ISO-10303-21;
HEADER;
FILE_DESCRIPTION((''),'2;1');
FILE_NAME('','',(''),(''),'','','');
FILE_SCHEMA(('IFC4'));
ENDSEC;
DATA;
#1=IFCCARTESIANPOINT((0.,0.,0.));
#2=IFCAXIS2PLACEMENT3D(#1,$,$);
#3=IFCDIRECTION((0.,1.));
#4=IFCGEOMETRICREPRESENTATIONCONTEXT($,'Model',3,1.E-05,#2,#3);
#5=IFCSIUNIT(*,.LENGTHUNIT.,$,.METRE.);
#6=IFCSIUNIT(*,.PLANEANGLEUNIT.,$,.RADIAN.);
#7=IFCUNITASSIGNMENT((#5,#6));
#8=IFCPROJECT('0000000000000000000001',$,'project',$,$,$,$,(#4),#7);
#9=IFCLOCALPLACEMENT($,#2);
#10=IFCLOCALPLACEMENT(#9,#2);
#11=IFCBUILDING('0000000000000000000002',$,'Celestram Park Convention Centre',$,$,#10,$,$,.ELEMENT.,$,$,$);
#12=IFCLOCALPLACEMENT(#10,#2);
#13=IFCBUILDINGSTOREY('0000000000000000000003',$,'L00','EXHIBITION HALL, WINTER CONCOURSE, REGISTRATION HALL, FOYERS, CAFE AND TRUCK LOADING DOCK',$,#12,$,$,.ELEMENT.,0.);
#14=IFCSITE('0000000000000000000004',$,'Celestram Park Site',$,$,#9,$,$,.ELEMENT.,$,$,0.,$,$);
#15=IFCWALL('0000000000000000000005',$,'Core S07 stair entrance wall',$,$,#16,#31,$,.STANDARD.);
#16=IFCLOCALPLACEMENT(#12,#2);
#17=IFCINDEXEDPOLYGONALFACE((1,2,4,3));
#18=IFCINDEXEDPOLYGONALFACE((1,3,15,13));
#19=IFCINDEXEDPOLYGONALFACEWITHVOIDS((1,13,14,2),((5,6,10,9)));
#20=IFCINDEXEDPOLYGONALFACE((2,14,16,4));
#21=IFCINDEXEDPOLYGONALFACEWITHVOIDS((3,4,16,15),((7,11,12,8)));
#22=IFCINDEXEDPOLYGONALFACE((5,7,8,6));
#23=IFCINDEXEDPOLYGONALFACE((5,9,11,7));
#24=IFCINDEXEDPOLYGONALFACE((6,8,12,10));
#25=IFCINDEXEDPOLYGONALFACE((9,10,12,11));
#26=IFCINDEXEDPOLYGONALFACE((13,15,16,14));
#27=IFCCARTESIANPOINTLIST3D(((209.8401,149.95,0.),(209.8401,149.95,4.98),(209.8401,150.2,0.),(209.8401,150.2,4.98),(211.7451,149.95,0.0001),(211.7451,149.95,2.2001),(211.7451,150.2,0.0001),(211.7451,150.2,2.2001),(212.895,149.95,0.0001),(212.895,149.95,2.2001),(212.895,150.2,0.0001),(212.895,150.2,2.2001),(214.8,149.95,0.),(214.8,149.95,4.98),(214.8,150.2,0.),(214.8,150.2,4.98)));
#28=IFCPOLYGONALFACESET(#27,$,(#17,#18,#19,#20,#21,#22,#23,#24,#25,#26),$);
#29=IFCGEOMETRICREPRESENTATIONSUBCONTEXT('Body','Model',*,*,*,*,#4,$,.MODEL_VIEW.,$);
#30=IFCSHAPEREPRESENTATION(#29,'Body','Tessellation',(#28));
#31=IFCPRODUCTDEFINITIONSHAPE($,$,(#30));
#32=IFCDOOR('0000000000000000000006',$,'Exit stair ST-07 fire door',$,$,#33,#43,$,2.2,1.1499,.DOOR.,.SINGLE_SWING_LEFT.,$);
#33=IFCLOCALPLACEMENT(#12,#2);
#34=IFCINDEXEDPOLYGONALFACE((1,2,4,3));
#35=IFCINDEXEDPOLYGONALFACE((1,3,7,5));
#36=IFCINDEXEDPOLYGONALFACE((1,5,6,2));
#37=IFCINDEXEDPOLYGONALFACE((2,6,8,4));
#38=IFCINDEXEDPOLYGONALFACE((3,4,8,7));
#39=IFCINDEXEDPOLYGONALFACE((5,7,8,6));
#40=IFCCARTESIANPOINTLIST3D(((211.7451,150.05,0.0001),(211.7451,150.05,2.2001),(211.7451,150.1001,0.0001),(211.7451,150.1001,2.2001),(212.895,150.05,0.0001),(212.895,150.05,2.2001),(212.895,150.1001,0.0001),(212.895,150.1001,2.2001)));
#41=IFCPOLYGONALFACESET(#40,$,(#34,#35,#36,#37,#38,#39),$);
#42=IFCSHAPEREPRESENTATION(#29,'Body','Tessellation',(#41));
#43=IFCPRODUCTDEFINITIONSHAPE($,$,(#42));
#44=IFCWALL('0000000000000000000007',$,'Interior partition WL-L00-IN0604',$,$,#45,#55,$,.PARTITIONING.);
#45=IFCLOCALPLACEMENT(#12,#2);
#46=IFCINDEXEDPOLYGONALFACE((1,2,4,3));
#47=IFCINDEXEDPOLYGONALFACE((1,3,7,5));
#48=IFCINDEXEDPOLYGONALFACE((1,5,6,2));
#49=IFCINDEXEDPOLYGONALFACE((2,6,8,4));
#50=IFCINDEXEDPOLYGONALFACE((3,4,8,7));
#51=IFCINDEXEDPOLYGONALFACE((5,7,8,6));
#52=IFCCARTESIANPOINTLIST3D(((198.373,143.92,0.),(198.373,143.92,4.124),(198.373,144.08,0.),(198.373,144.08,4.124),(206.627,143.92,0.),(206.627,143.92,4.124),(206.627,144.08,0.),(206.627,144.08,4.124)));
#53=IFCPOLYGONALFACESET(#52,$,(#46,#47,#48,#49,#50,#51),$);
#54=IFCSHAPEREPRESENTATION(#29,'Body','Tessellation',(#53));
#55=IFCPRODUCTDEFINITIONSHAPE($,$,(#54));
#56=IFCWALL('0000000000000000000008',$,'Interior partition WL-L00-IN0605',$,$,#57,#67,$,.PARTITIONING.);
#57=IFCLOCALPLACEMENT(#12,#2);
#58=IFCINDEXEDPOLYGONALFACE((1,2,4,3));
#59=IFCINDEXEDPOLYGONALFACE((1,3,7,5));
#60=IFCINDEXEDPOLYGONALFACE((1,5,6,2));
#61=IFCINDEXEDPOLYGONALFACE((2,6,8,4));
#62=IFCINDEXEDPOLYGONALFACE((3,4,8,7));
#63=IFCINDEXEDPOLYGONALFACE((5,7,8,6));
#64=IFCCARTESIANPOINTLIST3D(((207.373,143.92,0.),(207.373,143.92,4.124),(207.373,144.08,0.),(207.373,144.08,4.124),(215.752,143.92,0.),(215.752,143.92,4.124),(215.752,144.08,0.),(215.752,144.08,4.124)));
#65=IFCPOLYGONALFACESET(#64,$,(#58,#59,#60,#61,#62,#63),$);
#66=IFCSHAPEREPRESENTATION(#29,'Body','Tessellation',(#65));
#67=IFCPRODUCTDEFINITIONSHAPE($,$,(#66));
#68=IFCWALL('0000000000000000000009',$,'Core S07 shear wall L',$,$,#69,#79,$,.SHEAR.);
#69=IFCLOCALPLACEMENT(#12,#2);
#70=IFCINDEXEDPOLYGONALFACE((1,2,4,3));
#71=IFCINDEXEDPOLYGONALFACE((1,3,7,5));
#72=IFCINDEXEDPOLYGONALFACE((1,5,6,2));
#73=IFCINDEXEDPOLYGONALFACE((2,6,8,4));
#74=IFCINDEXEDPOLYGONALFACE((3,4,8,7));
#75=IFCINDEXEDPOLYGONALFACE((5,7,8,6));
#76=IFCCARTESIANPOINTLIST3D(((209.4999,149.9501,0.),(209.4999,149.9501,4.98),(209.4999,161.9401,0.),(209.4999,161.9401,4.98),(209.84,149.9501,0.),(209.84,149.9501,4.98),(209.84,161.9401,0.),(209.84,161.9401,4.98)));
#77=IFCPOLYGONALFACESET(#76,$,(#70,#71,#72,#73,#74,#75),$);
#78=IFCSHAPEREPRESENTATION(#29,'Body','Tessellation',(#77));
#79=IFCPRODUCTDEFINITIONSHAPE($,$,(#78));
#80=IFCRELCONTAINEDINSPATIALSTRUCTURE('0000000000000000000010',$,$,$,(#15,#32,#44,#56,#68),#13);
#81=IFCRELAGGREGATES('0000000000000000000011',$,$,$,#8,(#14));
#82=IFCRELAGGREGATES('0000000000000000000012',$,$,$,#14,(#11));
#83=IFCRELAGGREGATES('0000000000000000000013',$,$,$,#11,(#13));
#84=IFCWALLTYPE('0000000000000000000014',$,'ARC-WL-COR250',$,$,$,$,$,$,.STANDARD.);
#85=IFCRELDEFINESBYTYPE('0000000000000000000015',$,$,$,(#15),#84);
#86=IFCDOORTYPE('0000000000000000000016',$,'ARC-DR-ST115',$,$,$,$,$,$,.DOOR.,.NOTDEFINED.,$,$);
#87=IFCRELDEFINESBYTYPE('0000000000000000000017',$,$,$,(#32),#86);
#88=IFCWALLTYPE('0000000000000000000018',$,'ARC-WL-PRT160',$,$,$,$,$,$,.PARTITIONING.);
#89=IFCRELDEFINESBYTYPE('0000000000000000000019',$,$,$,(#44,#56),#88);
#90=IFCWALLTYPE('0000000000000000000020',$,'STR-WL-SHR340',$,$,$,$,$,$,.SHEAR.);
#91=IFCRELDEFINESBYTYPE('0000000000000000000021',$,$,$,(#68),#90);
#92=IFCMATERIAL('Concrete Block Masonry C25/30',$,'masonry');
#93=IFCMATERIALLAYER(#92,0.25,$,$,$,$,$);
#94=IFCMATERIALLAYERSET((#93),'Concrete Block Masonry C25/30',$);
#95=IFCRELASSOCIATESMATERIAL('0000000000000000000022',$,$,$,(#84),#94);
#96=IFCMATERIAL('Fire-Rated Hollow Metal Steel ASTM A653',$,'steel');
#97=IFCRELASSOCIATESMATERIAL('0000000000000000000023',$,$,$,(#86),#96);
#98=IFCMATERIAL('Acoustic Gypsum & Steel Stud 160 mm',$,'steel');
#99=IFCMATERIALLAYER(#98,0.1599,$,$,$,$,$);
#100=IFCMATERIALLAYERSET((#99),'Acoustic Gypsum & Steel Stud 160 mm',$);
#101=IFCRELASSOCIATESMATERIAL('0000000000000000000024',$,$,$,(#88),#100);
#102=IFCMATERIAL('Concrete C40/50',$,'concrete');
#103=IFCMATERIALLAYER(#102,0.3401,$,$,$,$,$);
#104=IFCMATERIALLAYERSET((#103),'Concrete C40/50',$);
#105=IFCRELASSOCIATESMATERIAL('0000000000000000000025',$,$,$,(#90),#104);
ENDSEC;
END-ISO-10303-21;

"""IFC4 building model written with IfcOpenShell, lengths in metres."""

from ifc_helpers import new_model, si_unit, direction, frame, frame_2d, origin, place, context, subcontext, project, spatial, rectangle, extrude, material, layer, layer_set, type_object, element, fill, save


model = new_model("IFC4")

# Units and contexts
model_context = context("Model", 3, precision=1e-05, world=origin(), true_north=direction((0.0, 1.0)))
body_context = subcontext(model_context, "Body", "Model", "MODEL_VIEW")
ifc_project = project(units=[si_unit("LENGTHUNIT", "METRE"), si_unit("PLANEANGLEUNIT", "RADIAN")], contexts=[model_context])

# Site, building, storey
site_placement = place(None, origin())
site = spatial("IfcSite", under=ifc_project, at=site_placement, Name="Celestram Park Site", CompositionType="ELEMENT", RefElevation=0.0)
building_placement = place(site_placement, origin())
building = spatial("IfcBuilding", under=site, at=building_placement, Name="Celestram Park Convention Centre", CompositionType="ELEMENT")
storey_placement = place(building_placement, origin())
storey = spatial("IfcBuildingStorey", under=building, at=storey_placement, Name="L00", Description="EXHIBITION HALL, WINTER CONCOURSE, REGISTRATION HALL, FOYERS, CAFE AND TRUCK LOADING DOCK", CompositionType="ELEMENT", Elevation=0.0)

# Shared definitions
ifc_material_1 = material(Name="Concrete C40/50", Category="concrete")

# Wall, opening, door
ifc_material_2 = material(Name="Concrete Block Masonry C25/30", Category="masonry")
ifc_layer_1 = layer(ifc_material_2, 0.25)
ifc_layer_set_1 = layer_set([ifc_layer_1], Name="Concrete Block Masonry C25/30")
wall_type_1 = type_object("IfcWallType", Name="ARC-WL-COR250", PredefinedType="STANDARD", material=ifc_layer_set_1)
wall_1_placement = place(storey_placement, frame((214.8, 150.075, 0.0), z_axis=(0.0, 0.0, 1.0), x_axis=(-1.0, 0.0, 0.0)))
wall_1 = element("IfcWall", 1, at=wall_1_placement, inside=storey, type_object=wall_type_1, Name="Core S07 stair entrance wall", PredefinedType="STANDARD", context=body_context, shape_type="SweptSolid", body=[
    extrude(rectangle(XDim=4.96, YDim=0.25, at=frame_2d((2.48, 0.0))), origin(), (0.0, 0.0, 1.0), 4.98),
])
opening_1_placement = place(wall_1_placement, frame((1.905, 0.0, 0.0)))
opening_1 = element("IfcOpeningElement", 2, at=opening_1_placement, cuts=wall_1, PredefinedType="OPENING", context=body_context, shape_type="SweptSolid", body=[
    extrude(rectangle(XDim=1.1499, YDim=2.2, at=frame_2d((0.575, 1.1001))), frame((0.0, 0.135, 0.0), z_axis=(0.0, -1.0, 0.0), x_axis=(1.0, 0.0, 0.0)), (0.0, 0.0, 1.0), 0.27),
])
ifc_material_3 = material(Name="Fire-Rated Hollow Metal Steel ASTM A653", Category="steel")
door_type_1 = type_object("IfcDoorType", Name="ARC-DR-ST115", OperationType="NOTDEFINED", PredefinedType="DOOR", material=ifc_material_3)
door_1_placement = place(opening_1_placement, origin())
door_1 = element("IfcDoor", 3, at=door_1_placement, inside=storey, type_object=door_type_1, Name="Exit stair ST-07 fire door", OperationType="SINGLE_SWING_LEFT", OverallHeight=2.2, OverallWidth=1.1499, PredefinedType="DOOR", context=body_context, shape_type="SweptSolid", body=[
    extrude(rectangle(XDim=1.1499, YDim=2.2, at=frame_2d((0.575, 1.1001))), frame((0.0, 0.0249, 0.0), z_axis=(0.0, -1.0, 0.0), x_axis=(1.0, 0.0, 0.0)), (0.0, 0.0, 1.0), 0.05),
])
fill(opening_1, door_1)

# Walls
ifc_material_4 = material(Name="Acoustic Gypsum & Steel Stud 160 mm", Category="steel")
ifc_layer_2 = layer(ifc_material_4, 0.1599)
ifc_layer_set_2 = layer_set([ifc_layer_2], Name="Acoustic Gypsum & Steel Stud 160 mm")
wall_type_2 = type_object("IfcWallType", Name="ARC-WL-PRT160", PredefinedType="PARTITIONING", material=ifc_layer_set_2)
wall_2_placement = place(storey_placement, frame((198.373, 144.0, 0.0), z_axis=(0.0, 0.0, 1.0), x_axis=(1.0, 0.0, 0.0)))
element("IfcWall", 4, at=wall_2_placement, inside=storey, type_object=wall_type_2, Name="Interior partition WL-L00-IN0604", PredefinedType="PARTITIONING", context=body_context, shape_type="SweptSolid", body=[
    extrude(rectangle(XDim=8.2539, YDim=0.1599, at=frame_2d((4.127, 0.0))), origin(), (0.0, 0.0, 1.0), 4.124),
])
wall_3_placement = place(storey_placement, frame((207.373, 144.0, 0.0), z_axis=(0.0, 0.0, 1.0), x_axis=(1.0, 0.0, 0.0)))
element("IfcWall", 5, at=wall_3_placement, inside=storey, type_object=wall_type_2, Name="Interior partition WL-L00-IN0605", PredefinedType="PARTITIONING", context=body_context, shape_type="SweptSolid", body=[
    extrude(rectangle(XDim=8.3789, YDim=0.1599, at=frame_2d((4.1895, 0.0))), origin(), (0.0, 0.0, 1.0), 4.124),
])
ifc_layer_3 = layer(ifc_material_1, 0.3401)
ifc_layer_set_3 = layer_set([ifc_layer_3], Name="Concrete C40/50")
wall_type_3 = type_object("IfcWallType", Name="STR-WL-SHR340", PredefinedType="SHEAR", material=ifc_layer_set_3)
wall_4_placement = place(storey_placement, frame((209.6699, 149.95, 0.0), z_axis=(0.0, 0.0, 1.0), x_axis=(0.0, 1.0, 0.0)))
element("IfcWall", 6, at=wall_4_placement, inside=storey, type_object=wall_type_3, Name="Core S07 shear wall L", PredefinedType="SHEAR", context=body_context, shape_type="SweptSolid", body=[
    extrude(rectangle(XDim=11.99, YDim=0.3401, at=frame_2d((5.9951, 0.0))), origin(), (0.0, 0.0, 1.0), 4.98),
])

save(model, "model.ifc")
